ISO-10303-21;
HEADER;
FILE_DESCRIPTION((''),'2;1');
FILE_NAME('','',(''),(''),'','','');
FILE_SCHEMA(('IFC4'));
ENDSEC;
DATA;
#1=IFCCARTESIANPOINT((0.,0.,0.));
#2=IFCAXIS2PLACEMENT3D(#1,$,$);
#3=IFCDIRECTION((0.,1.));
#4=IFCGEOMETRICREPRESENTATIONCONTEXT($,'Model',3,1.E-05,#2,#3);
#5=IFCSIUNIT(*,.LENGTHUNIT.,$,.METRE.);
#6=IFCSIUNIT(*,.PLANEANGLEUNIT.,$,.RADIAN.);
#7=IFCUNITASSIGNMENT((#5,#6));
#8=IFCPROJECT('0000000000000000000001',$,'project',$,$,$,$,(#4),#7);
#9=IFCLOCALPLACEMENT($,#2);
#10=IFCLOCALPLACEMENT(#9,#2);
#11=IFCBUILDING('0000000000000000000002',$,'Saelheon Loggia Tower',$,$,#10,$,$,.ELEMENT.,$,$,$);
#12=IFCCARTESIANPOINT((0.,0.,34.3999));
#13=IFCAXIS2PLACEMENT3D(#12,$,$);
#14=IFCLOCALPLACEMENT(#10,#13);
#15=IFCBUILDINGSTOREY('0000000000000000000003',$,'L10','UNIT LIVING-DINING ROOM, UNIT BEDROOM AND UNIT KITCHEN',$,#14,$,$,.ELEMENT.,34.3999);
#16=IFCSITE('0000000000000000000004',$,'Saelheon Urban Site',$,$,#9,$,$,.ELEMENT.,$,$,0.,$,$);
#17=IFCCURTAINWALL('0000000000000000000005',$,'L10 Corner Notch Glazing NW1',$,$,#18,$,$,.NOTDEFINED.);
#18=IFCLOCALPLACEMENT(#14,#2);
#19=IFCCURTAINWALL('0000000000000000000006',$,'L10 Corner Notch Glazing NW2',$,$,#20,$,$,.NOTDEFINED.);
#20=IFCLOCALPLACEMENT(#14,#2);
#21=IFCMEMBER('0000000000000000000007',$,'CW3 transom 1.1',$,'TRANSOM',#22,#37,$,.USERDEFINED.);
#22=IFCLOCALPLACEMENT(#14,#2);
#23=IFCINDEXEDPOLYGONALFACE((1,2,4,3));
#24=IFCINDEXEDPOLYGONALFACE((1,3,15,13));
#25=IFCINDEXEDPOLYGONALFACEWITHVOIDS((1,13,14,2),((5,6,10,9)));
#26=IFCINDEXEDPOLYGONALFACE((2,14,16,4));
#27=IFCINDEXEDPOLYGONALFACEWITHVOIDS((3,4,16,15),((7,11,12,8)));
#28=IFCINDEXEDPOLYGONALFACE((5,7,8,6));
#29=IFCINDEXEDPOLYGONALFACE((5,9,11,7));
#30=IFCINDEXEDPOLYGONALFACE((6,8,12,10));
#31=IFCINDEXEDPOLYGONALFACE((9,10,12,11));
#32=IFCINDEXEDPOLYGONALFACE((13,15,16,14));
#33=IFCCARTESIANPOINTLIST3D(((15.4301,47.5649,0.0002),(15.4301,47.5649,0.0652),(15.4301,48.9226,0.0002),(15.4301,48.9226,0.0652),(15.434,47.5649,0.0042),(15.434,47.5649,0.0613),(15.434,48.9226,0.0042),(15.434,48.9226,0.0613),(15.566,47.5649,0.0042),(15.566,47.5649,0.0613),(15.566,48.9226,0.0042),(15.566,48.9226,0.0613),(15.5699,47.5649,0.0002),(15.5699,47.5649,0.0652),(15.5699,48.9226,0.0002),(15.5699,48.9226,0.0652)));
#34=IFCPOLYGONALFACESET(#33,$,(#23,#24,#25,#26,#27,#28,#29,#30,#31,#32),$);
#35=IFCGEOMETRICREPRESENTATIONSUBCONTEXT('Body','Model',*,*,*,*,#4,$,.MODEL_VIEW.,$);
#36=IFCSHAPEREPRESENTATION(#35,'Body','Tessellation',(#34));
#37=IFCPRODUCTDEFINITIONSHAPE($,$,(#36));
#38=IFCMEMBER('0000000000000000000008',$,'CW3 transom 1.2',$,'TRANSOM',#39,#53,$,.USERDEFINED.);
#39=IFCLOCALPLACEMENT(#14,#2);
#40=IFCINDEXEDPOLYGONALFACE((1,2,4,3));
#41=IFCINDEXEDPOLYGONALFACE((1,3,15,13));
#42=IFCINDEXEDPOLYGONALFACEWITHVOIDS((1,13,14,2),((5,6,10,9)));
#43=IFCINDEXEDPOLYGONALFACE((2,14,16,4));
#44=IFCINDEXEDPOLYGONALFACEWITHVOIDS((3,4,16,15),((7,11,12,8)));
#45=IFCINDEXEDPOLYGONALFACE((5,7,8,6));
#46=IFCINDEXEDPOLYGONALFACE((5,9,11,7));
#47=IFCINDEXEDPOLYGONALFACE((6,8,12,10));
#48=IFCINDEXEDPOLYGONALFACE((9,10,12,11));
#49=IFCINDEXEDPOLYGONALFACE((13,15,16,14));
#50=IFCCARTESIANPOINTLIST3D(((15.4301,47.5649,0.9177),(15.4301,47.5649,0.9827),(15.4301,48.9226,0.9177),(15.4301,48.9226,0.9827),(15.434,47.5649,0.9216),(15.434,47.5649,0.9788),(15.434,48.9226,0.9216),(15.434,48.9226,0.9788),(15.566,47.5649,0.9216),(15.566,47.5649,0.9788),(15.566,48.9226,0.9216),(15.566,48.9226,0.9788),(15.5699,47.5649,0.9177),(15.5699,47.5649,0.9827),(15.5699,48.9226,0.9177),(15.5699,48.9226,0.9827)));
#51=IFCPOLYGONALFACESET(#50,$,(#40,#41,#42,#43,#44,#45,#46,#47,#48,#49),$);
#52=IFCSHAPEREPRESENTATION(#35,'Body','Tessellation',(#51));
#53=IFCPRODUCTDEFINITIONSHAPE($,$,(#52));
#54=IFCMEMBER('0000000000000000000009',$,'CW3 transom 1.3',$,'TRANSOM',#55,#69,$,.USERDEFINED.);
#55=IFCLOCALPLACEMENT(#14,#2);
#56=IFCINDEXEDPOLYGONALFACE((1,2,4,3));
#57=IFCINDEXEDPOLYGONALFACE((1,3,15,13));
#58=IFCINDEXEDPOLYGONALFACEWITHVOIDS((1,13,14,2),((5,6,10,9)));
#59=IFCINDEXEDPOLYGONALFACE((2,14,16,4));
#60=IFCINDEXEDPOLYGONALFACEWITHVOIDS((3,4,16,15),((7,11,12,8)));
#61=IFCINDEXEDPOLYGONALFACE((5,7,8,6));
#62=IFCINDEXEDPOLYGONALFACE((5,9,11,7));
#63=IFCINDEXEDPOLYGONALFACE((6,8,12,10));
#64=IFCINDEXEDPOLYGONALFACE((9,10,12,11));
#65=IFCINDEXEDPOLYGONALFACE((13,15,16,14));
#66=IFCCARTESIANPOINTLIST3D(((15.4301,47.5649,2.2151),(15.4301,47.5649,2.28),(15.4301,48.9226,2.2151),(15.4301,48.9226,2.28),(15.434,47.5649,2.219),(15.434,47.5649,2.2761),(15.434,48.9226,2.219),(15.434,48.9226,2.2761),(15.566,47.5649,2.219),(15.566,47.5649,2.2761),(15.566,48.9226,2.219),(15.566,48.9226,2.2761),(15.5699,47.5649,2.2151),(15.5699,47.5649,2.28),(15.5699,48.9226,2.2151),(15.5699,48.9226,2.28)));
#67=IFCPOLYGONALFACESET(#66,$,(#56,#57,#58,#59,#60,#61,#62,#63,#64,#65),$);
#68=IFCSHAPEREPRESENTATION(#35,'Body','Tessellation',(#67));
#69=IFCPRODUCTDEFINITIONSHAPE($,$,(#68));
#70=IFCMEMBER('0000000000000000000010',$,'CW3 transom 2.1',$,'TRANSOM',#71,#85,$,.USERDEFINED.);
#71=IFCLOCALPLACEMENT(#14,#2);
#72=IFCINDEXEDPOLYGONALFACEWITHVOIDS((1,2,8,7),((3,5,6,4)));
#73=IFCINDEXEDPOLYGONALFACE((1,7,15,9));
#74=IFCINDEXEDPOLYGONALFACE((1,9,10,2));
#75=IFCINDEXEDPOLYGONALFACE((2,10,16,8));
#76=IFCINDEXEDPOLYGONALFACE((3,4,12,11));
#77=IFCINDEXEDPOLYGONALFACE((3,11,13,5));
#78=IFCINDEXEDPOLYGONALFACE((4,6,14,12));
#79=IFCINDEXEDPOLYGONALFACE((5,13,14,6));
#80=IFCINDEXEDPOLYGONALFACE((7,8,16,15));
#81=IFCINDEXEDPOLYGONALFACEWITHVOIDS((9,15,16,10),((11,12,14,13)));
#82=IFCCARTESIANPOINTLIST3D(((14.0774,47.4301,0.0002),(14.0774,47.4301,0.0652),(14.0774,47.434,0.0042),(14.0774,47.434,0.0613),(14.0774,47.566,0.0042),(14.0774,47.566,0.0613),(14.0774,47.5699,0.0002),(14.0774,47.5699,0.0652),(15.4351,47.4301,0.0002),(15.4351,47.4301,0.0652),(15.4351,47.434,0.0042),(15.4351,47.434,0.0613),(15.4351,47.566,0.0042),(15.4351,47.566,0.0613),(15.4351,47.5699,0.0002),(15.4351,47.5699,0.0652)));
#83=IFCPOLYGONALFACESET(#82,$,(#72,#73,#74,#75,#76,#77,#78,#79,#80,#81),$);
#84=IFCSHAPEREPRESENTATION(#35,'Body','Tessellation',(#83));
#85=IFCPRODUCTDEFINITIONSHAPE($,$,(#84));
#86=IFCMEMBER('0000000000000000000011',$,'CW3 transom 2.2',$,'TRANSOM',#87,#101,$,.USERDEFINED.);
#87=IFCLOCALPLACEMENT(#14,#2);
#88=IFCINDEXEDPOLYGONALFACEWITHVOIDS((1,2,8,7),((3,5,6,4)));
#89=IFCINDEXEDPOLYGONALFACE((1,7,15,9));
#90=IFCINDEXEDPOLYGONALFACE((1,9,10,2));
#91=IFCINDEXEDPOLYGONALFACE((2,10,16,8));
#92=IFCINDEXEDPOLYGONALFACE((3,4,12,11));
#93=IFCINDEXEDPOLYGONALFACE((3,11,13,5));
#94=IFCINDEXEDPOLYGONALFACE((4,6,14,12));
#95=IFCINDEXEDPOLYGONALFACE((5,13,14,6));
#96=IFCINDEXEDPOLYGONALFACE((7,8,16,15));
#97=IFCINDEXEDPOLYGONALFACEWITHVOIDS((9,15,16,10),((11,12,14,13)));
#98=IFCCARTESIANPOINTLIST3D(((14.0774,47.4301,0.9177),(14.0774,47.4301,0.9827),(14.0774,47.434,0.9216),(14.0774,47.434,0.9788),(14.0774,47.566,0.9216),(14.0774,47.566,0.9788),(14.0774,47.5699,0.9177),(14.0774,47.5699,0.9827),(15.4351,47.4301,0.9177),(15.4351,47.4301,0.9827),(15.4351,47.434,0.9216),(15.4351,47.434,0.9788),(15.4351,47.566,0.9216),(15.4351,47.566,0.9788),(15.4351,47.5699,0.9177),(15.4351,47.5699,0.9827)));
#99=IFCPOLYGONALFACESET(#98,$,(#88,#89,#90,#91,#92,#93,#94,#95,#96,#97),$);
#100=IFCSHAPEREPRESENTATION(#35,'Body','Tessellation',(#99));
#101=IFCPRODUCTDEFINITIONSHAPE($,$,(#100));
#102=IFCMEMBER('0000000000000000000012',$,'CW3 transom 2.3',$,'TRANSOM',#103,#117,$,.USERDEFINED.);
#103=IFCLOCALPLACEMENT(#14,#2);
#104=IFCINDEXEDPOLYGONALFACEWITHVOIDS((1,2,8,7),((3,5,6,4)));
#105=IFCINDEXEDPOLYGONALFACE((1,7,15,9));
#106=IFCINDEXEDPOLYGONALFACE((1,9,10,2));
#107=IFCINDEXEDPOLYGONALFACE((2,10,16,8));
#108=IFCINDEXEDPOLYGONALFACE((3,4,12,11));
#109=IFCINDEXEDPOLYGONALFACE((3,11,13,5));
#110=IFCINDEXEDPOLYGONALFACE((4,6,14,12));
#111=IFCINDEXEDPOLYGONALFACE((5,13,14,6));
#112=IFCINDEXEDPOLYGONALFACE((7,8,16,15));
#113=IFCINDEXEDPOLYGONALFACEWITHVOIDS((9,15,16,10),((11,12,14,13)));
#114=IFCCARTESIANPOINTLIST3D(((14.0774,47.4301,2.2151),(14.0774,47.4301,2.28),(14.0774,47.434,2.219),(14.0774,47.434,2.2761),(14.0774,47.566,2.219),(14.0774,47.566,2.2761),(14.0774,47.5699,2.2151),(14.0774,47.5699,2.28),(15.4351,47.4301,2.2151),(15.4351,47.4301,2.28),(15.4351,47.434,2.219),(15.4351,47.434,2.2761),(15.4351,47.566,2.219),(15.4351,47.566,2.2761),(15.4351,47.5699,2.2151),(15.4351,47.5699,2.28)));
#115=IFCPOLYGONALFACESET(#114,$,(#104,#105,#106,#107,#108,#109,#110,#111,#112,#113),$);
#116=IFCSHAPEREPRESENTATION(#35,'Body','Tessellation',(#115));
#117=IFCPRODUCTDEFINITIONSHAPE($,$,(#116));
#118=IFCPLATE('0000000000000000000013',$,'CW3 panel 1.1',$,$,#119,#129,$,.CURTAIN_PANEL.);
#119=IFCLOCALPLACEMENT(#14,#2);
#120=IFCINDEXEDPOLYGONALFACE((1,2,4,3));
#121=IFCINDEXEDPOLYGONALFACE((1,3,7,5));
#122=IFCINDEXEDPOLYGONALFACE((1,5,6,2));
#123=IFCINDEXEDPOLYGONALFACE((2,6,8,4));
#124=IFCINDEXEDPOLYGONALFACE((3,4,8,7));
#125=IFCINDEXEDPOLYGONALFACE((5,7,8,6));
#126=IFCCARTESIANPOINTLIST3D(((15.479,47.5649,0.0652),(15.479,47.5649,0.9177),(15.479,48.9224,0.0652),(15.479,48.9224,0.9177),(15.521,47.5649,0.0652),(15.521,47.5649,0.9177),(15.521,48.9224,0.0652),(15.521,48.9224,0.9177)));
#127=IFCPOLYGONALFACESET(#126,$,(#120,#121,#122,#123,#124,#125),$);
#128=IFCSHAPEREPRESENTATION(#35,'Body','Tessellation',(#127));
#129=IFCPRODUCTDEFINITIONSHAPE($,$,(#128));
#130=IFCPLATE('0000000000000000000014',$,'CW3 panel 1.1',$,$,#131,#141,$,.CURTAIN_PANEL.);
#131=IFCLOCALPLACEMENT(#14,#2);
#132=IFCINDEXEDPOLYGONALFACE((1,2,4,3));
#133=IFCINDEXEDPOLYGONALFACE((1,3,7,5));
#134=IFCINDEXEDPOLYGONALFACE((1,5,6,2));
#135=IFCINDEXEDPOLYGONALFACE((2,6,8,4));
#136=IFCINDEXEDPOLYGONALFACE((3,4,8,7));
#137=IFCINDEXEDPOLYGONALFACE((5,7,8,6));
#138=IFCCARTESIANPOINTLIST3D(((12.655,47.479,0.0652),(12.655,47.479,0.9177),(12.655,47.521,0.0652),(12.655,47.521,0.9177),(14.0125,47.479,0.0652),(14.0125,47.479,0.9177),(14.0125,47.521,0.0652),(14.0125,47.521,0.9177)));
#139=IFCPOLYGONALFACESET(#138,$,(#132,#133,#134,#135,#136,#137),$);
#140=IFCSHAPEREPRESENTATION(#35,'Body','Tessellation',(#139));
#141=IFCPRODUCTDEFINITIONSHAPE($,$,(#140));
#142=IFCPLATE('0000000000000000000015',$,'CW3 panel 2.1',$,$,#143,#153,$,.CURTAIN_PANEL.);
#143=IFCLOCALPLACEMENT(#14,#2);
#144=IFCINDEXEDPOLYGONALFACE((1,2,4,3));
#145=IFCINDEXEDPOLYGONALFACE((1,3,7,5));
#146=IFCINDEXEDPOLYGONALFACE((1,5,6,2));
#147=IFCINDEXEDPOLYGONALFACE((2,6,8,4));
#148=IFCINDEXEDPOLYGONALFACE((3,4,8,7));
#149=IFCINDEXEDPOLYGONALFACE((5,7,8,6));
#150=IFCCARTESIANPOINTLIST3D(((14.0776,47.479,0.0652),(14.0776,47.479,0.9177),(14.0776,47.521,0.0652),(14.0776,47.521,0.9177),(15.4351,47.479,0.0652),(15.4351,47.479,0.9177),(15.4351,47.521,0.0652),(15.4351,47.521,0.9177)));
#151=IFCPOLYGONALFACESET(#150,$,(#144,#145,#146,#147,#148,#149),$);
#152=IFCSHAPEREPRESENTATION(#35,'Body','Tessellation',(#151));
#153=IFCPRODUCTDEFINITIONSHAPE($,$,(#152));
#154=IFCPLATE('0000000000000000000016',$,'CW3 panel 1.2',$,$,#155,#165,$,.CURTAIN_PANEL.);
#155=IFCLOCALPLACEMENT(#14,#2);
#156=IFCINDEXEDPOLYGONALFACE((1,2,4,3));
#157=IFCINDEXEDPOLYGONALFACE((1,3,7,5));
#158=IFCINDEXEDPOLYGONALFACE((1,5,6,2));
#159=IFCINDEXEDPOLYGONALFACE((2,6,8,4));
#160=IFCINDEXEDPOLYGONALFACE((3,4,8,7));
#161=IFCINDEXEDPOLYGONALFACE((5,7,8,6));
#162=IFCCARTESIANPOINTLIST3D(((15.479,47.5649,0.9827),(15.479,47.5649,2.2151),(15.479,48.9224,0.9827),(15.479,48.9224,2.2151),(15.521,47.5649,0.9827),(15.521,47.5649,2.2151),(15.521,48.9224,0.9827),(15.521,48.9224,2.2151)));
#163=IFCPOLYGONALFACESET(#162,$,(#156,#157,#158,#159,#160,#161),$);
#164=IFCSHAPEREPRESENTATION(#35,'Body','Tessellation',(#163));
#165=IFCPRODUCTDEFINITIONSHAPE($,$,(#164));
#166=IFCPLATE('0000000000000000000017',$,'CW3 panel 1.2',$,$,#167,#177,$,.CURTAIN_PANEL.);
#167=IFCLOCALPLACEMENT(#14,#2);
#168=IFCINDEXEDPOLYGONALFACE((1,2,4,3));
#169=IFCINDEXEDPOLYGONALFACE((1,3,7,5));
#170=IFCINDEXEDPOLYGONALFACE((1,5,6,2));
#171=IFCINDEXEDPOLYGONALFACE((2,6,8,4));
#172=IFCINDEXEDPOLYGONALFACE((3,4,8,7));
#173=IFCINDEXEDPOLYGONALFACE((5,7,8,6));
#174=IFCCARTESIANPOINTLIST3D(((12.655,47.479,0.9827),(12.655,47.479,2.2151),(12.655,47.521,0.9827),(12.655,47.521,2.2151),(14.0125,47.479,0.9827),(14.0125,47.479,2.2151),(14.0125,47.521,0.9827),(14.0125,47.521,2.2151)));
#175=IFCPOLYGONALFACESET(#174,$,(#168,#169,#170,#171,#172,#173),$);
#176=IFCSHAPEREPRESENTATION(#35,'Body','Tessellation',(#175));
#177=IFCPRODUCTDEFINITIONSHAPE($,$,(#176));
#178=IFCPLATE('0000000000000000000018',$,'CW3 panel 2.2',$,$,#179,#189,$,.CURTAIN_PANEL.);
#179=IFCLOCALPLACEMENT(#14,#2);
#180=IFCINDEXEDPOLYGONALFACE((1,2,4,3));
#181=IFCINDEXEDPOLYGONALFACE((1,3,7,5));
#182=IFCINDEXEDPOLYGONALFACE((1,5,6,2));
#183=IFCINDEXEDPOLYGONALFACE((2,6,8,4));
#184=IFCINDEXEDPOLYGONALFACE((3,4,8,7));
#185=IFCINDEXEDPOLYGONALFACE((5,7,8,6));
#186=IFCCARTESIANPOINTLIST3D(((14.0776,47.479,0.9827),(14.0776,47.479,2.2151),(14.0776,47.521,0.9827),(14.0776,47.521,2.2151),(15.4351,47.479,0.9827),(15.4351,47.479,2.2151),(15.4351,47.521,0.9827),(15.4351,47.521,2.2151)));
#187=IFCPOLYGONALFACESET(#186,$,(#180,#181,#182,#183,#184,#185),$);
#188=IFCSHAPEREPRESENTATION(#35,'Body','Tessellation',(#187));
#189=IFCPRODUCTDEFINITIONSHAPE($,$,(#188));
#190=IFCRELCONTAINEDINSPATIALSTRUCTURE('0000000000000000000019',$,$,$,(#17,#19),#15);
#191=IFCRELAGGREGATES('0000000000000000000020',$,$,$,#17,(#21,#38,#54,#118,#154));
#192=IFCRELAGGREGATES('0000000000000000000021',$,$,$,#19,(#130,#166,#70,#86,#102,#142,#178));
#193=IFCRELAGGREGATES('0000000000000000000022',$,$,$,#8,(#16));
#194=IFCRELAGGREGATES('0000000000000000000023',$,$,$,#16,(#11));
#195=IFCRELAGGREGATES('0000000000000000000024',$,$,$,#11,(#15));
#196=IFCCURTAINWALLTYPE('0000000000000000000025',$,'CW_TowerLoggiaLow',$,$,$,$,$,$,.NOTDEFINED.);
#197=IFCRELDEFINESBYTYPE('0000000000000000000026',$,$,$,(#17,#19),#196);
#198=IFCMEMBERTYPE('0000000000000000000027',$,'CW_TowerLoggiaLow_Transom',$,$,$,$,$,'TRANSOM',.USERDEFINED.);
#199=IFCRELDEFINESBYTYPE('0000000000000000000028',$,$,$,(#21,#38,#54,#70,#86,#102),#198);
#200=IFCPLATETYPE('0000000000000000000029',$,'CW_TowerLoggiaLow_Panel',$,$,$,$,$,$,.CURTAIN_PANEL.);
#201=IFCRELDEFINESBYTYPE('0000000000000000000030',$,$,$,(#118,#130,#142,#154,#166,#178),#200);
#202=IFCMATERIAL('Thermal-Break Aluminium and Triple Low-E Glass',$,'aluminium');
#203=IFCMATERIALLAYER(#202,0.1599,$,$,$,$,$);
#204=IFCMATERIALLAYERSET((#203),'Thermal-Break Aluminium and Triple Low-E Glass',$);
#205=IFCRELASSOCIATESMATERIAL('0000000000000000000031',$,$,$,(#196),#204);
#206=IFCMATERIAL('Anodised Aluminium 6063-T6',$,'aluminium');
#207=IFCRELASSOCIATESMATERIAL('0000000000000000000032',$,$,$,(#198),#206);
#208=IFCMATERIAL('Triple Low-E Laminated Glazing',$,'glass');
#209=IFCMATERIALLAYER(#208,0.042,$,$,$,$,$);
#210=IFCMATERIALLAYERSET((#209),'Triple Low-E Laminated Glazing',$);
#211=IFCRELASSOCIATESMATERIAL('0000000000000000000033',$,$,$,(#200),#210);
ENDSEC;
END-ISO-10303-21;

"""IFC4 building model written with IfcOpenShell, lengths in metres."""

from ifc_helpers import new_model, si_unit, direction, frame, origin, origin_2d, place, context, subcontext, project, spatial, rectangle, hollow_rectangle, extrude, source, transform, mapped, material, layer, layer_set, material_profile, profile_set, type_object, element, aggregate, save


model = new_model("IFC4")

# Units and contexts
model_context = context("Model", 3, precision=1e-05, world=origin(), true_north=direction((0.0, 1.0)))
body_context = subcontext(model_context, "Body", "Model", "MODEL_VIEW")
ifc_project = project(units=[si_unit("LENGTHUNIT", "METRE"), si_unit("PLANEANGLEUNIT", "RADIAN")], contexts=[model_context])

# Site, building, storey
site_placement = place(None, origin())
site = spatial("IfcSite", under=ifc_project, at=site_placement, Name="Saelheon Urban Site", CompositionType="ELEMENT", RefElevation=0.0)
building_placement = place(site_placement, origin())
building = spatial("IfcBuilding", under=site, at=building_placement, Name="Saelheon Loggia Tower", CompositionType="ELEMENT")
storey_placement = place(building_placement, frame((0.0, 0.0, 34.3999)))
storey = spatial("IfcBuildingStorey", under=building, at=storey_placement, Name="L10", Description="UNIT LIVING-DINING ROOM, UNIT BEDROOM AND UNIT KITCHEN", CompositionType="ELEMENT", Elevation=34.3999)

# Curtain walls
ifc_material_1 = material(Name="Thermal-Break Aluminium and Triple Low-E Glass", Category="aluminium")
ifc_layer_1 = layer(ifc_material_1, 0.1599)
ifc_layer_set_1 = layer_set([ifc_layer_1], Name="Thermal-Break Aluminium and Triple Low-E Glass")
curtain_wall_type = type_object("IfcCurtainWallType", Name="CW_TowerLoggiaLow", PredefinedType="NOTDEFINED", material=ifc_layer_set_1)
curtain_wall_1_placement = place(storey_placement, origin())
curtain_wall_1 = element("IfcCurtainWall", 1, at=curtain_wall_1_placement, inside=storey, type_object=curtain_wall_type, Name="L10 Corner Notch Glazing NW1", PredefinedType="NOTDEFINED")
ifc_material_2 = material(Name="Anodised Aluminium 6063-T6", Category="aluminium")
curtain_wall_2_placement = place(storey_placement, origin())
curtain_wall_2 = element("IfcCurtainWall", 2, at=curtain_wall_2_placement, inside=storey, type_object=curtain_wall_type, Name="L10 Corner Notch Glazing NW2", PredefinedType="NOTDEFINED")

# Members
ifc_material_profile_1 = material_profile(ifc_material_2, hollow_rectangle(XDim=0.0649, YDim=0.1399, WallThickness=0.0039, at=origin_2d()), Name="RHS-140x65x4")
ifc_profile_set_1 = profile_set([ifc_material_profile_1], Name="Anodised Aluminium 6063-T6")
member_type_1 = type_object("IfcMemberType", Name="CW_TowerLoggiaLow_Transom", ElementType="TRANSOM", PredefinedType="USERDEFINED", material=ifc_profile_set_1)
shared_shape_1 = source(origin(), body_context, "Body", "SweptSolid", [
    extrude(hollow_rectangle(XDim=0.0649, YDim=0.1399, WallThickness=0.0039, at=origin_2d()), origin(), (0.0, 0.0, 1.0), 1.3577),
])
member_1_placement = place(storey_placement, frame((15.5, 47.5649, 0.0327), z_axis=(0.0, 1.0, 0.0), x_axis=(0.0, 0.0, 1.0)))
member_1 = element("IfcMember", 3, at=member_1_placement, type_object=member_type_1, Name="CW3 transom 1.1", ObjectType="TRANSOM", PredefinedType="USERDEFINED", context=body_context, shape_type="MappedRepresentation", body=[
    mapped(shared_shape_1, transform((0.0, 0.0, 0.0), scale=1.0)),
])
member_2_placement = place(storey_placement, frame((15.5, 47.5649, 0.9502), z_axis=(0.0, 1.0, 0.0), x_axis=(0.0, 0.0, 1.0)))
member_2 = element("IfcMember", 4, at=member_2_placement, type_object=member_type_1, Name="CW3 transom 1.2", ObjectType="TRANSOM", PredefinedType="USERDEFINED", context=body_context, shape_type="MappedRepresentation", body=[
    mapped(shared_shape_1, transform((0.0, 0.0, 0.0), scale=1.0)),
])
member_3_placement = place(storey_placement, frame((15.5, 47.5649, 2.2476), z_axis=(0.0, 1.0, 0.0), x_axis=(0.0, 0.0, 1.0)))
member_3 = element("IfcMember", 5, at=member_3_placement, type_object=member_type_1, Name="CW3 transom 1.3", ObjectType="TRANSOM", PredefinedType="USERDEFINED", context=body_context, shape_type="MappedRepresentation", body=[
    mapped(shared_shape_1, transform((0.0, 0.0, 0.0), scale=1.0)),
])
member_4_placement = place(storey_placement, frame((14.0774, 47.5, 0.0327), z_axis=(1.0, 0.0, 0.0), x_axis=(0.0, 0.0, 1.0)))
member_4 = element("IfcMember", 6, at=member_4_placement, type_object=member_type_1, Name="CW3 transom 2.1", ObjectType="TRANSOM", PredefinedType="USERDEFINED", context=body_context, shape_type="MappedRepresentation", body=[
    mapped(shared_shape_1, transform((0.0, 0.0, 0.0), scale=1.0)),
])
member_5_placement = place(storey_placement, frame((14.0774, 47.5, 0.9502), z_axis=(1.0, 0.0, 0.0), x_axis=(0.0, 0.0, 1.0)))
member_5 = element("IfcMember", 7, at=member_5_placement, type_object=member_type_1, Name="CW3 transom 2.2", ObjectType="TRANSOM", PredefinedType="USERDEFINED", context=body_context, shape_type="MappedRepresentation", body=[
    mapped(shared_shape_1, transform((0.0, 0.0, 0.0), scale=1.0)),
])
member_6_placement = place(storey_placement, frame((14.0774, 47.5, 2.2476), z_axis=(1.0, 0.0, 0.0), x_axis=(0.0, 0.0, 1.0)))
member_6 = element("IfcMember", 8, at=member_6_placement, type_object=member_type_1, Name="CW3 transom 2.3", ObjectType="TRANSOM", PredefinedType="USERDEFINED", context=body_context, shape_type="MappedRepresentation", body=[
    mapped(shared_shape_1, transform((0.0, 0.0, 0.0), scale=1.0)),
])

# Plates
ifc_material_3 = material(Name="Triple Low-E Laminated Glazing", Category="glass")
ifc_layer_2 = layer(ifc_material_3, 0.042)
ifc_layer_set_2 = layer_set([ifc_layer_2], Name="Triple Low-E Laminated Glazing")
plate_type = type_object("IfcPlateType", Name="CW_TowerLoggiaLow_Panel", PredefinedType="CURTAIN_PANEL", material=ifc_layer_set_2)
shared_shape_2 = source(origin(), body_context, "Body", "SweptSolid", [
    extrude(rectangle(XDim=1.3574, YDim=0.042, at=origin_2d()), origin(), (0.0, 0.0, 1.0), 0.8525),
])
plate_1_placement = place(storey_placement, frame((15.5, 48.2437, 0.0652), z_axis=(0.0, 0.0, 1.0), x_axis=(0.0, 1.0, 0.0)))
plate_1 = element("IfcPlate", 9, at=plate_1_placement, type_object=plate_type, Name="CW3 panel 1.1", PredefinedType="CURTAIN_PANEL", context=body_context, shape_type="MappedRepresentation", body=[
    mapped(shared_shape_2, transform((0.0, 0.0, 0.0), scale=1.0)),
])
plate_2_placement = place(storey_placement, frame((13.3337, 47.5, 0.0652), z_axis=(0.0, 0.0, 1.0), x_axis=(1.0, 0.0, 0.0)))
plate_2 = element("IfcPlate", 10, at=plate_2_placement, type_object=plate_type, Name="CW3 panel 1.1", PredefinedType="CURTAIN_PANEL", context=body_context, shape_type="MappedRepresentation", body=[
    mapped(shared_shape_2, transform((0.0, 0.0, 0.0), scale=1.0)),
])
plate_3_placement = place(storey_placement, frame((14.7563, 47.5, 0.0652), z_axis=(0.0, 0.0, 1.0), x_axis=(1.0, 0.0, 0.0)))
plate_3 = element("IfcPlate", 11, at=plate_3_placement, type_object=plate_type, Name="CW3 panel 2.1", PredefinedType="CURTAIN_PANEL", context=body_context, shape_type="MappedRepresentation", body=[
    mapped(shared_shape_2, transform((0.0, 0.0, 0.0), scale=1.0)),
])
shared_shape_3 = source(origin(), body_context, "Body", "SweptSolid", [
    extrude(rectangle(XDim=1.3574, YDim=0.042, at=origin_2d()), origin(), (0.0, 0.0, 1.0), 1.2324),
])
plate_4_placement = place(storey_placement, frame((15.5, 48.2437, 0.9827), z_axis=(0.0, 0.0, 1.0), x_axis=(0.0, 1.0, 0.0)))
plate_4 = element("IfcPlate", 12, at=plate_4_placement, type_object=plate_type, Name="CW3 panel 1.2", PredefinedType="CURTAIN_PANEL", context=body_context, shape_type="MappedRepresentation", body=[
    mapped(shared_shape_3, transform((0.0, 0.0, 0.0), scale=1.0)),
])
aggregate(curtain_wall_1, [member_1, member_2, member_3, plate_1, plate_4])
plate_5_placement = place(storey_placement, frame((13.3337, 47.5, 0.9827), z_axis=(0.0, 0.0, 1.0), x_axis=(1.0, 0.0, 0.0)))
plate_5 = element("IfcPlate", 13, at=plate_5_placement, type_object=plate_type, Name="CW3 panel 1.2", PredefinedType="CURTAIN_PANEL", context=body_context, shape_type="MappedRepresentation", body=[
    mapped(shared_shape_3, transform((0.0, 0.0, 0.0), scale=1.0)),
])
plate_6_placement = place(storey_placement, frame((14.7563, 47.5, 0.9827), z_axis=(0.0, 0.0, 1.0), x_axis=(1.0, 0.0, 0.0)))
plate_6 = element("IfcPlate", 14, at=plate_6_placement, type_object=plate_type, Name="CW3 panel 2.2", PredefinedType="CURTAIN_PANEL", context=body_context, shape_type="MappedRepresentation", body=[
    mapped(shared_shape_3, transform((0.0, 0.0, 0.0), scale=1.0)),
])
aggregate(curtain_wall_2, [plate_2, plate_5, member_4, member_5, member_6, plate_3, plate_6])

save(model, "model.ifc")
